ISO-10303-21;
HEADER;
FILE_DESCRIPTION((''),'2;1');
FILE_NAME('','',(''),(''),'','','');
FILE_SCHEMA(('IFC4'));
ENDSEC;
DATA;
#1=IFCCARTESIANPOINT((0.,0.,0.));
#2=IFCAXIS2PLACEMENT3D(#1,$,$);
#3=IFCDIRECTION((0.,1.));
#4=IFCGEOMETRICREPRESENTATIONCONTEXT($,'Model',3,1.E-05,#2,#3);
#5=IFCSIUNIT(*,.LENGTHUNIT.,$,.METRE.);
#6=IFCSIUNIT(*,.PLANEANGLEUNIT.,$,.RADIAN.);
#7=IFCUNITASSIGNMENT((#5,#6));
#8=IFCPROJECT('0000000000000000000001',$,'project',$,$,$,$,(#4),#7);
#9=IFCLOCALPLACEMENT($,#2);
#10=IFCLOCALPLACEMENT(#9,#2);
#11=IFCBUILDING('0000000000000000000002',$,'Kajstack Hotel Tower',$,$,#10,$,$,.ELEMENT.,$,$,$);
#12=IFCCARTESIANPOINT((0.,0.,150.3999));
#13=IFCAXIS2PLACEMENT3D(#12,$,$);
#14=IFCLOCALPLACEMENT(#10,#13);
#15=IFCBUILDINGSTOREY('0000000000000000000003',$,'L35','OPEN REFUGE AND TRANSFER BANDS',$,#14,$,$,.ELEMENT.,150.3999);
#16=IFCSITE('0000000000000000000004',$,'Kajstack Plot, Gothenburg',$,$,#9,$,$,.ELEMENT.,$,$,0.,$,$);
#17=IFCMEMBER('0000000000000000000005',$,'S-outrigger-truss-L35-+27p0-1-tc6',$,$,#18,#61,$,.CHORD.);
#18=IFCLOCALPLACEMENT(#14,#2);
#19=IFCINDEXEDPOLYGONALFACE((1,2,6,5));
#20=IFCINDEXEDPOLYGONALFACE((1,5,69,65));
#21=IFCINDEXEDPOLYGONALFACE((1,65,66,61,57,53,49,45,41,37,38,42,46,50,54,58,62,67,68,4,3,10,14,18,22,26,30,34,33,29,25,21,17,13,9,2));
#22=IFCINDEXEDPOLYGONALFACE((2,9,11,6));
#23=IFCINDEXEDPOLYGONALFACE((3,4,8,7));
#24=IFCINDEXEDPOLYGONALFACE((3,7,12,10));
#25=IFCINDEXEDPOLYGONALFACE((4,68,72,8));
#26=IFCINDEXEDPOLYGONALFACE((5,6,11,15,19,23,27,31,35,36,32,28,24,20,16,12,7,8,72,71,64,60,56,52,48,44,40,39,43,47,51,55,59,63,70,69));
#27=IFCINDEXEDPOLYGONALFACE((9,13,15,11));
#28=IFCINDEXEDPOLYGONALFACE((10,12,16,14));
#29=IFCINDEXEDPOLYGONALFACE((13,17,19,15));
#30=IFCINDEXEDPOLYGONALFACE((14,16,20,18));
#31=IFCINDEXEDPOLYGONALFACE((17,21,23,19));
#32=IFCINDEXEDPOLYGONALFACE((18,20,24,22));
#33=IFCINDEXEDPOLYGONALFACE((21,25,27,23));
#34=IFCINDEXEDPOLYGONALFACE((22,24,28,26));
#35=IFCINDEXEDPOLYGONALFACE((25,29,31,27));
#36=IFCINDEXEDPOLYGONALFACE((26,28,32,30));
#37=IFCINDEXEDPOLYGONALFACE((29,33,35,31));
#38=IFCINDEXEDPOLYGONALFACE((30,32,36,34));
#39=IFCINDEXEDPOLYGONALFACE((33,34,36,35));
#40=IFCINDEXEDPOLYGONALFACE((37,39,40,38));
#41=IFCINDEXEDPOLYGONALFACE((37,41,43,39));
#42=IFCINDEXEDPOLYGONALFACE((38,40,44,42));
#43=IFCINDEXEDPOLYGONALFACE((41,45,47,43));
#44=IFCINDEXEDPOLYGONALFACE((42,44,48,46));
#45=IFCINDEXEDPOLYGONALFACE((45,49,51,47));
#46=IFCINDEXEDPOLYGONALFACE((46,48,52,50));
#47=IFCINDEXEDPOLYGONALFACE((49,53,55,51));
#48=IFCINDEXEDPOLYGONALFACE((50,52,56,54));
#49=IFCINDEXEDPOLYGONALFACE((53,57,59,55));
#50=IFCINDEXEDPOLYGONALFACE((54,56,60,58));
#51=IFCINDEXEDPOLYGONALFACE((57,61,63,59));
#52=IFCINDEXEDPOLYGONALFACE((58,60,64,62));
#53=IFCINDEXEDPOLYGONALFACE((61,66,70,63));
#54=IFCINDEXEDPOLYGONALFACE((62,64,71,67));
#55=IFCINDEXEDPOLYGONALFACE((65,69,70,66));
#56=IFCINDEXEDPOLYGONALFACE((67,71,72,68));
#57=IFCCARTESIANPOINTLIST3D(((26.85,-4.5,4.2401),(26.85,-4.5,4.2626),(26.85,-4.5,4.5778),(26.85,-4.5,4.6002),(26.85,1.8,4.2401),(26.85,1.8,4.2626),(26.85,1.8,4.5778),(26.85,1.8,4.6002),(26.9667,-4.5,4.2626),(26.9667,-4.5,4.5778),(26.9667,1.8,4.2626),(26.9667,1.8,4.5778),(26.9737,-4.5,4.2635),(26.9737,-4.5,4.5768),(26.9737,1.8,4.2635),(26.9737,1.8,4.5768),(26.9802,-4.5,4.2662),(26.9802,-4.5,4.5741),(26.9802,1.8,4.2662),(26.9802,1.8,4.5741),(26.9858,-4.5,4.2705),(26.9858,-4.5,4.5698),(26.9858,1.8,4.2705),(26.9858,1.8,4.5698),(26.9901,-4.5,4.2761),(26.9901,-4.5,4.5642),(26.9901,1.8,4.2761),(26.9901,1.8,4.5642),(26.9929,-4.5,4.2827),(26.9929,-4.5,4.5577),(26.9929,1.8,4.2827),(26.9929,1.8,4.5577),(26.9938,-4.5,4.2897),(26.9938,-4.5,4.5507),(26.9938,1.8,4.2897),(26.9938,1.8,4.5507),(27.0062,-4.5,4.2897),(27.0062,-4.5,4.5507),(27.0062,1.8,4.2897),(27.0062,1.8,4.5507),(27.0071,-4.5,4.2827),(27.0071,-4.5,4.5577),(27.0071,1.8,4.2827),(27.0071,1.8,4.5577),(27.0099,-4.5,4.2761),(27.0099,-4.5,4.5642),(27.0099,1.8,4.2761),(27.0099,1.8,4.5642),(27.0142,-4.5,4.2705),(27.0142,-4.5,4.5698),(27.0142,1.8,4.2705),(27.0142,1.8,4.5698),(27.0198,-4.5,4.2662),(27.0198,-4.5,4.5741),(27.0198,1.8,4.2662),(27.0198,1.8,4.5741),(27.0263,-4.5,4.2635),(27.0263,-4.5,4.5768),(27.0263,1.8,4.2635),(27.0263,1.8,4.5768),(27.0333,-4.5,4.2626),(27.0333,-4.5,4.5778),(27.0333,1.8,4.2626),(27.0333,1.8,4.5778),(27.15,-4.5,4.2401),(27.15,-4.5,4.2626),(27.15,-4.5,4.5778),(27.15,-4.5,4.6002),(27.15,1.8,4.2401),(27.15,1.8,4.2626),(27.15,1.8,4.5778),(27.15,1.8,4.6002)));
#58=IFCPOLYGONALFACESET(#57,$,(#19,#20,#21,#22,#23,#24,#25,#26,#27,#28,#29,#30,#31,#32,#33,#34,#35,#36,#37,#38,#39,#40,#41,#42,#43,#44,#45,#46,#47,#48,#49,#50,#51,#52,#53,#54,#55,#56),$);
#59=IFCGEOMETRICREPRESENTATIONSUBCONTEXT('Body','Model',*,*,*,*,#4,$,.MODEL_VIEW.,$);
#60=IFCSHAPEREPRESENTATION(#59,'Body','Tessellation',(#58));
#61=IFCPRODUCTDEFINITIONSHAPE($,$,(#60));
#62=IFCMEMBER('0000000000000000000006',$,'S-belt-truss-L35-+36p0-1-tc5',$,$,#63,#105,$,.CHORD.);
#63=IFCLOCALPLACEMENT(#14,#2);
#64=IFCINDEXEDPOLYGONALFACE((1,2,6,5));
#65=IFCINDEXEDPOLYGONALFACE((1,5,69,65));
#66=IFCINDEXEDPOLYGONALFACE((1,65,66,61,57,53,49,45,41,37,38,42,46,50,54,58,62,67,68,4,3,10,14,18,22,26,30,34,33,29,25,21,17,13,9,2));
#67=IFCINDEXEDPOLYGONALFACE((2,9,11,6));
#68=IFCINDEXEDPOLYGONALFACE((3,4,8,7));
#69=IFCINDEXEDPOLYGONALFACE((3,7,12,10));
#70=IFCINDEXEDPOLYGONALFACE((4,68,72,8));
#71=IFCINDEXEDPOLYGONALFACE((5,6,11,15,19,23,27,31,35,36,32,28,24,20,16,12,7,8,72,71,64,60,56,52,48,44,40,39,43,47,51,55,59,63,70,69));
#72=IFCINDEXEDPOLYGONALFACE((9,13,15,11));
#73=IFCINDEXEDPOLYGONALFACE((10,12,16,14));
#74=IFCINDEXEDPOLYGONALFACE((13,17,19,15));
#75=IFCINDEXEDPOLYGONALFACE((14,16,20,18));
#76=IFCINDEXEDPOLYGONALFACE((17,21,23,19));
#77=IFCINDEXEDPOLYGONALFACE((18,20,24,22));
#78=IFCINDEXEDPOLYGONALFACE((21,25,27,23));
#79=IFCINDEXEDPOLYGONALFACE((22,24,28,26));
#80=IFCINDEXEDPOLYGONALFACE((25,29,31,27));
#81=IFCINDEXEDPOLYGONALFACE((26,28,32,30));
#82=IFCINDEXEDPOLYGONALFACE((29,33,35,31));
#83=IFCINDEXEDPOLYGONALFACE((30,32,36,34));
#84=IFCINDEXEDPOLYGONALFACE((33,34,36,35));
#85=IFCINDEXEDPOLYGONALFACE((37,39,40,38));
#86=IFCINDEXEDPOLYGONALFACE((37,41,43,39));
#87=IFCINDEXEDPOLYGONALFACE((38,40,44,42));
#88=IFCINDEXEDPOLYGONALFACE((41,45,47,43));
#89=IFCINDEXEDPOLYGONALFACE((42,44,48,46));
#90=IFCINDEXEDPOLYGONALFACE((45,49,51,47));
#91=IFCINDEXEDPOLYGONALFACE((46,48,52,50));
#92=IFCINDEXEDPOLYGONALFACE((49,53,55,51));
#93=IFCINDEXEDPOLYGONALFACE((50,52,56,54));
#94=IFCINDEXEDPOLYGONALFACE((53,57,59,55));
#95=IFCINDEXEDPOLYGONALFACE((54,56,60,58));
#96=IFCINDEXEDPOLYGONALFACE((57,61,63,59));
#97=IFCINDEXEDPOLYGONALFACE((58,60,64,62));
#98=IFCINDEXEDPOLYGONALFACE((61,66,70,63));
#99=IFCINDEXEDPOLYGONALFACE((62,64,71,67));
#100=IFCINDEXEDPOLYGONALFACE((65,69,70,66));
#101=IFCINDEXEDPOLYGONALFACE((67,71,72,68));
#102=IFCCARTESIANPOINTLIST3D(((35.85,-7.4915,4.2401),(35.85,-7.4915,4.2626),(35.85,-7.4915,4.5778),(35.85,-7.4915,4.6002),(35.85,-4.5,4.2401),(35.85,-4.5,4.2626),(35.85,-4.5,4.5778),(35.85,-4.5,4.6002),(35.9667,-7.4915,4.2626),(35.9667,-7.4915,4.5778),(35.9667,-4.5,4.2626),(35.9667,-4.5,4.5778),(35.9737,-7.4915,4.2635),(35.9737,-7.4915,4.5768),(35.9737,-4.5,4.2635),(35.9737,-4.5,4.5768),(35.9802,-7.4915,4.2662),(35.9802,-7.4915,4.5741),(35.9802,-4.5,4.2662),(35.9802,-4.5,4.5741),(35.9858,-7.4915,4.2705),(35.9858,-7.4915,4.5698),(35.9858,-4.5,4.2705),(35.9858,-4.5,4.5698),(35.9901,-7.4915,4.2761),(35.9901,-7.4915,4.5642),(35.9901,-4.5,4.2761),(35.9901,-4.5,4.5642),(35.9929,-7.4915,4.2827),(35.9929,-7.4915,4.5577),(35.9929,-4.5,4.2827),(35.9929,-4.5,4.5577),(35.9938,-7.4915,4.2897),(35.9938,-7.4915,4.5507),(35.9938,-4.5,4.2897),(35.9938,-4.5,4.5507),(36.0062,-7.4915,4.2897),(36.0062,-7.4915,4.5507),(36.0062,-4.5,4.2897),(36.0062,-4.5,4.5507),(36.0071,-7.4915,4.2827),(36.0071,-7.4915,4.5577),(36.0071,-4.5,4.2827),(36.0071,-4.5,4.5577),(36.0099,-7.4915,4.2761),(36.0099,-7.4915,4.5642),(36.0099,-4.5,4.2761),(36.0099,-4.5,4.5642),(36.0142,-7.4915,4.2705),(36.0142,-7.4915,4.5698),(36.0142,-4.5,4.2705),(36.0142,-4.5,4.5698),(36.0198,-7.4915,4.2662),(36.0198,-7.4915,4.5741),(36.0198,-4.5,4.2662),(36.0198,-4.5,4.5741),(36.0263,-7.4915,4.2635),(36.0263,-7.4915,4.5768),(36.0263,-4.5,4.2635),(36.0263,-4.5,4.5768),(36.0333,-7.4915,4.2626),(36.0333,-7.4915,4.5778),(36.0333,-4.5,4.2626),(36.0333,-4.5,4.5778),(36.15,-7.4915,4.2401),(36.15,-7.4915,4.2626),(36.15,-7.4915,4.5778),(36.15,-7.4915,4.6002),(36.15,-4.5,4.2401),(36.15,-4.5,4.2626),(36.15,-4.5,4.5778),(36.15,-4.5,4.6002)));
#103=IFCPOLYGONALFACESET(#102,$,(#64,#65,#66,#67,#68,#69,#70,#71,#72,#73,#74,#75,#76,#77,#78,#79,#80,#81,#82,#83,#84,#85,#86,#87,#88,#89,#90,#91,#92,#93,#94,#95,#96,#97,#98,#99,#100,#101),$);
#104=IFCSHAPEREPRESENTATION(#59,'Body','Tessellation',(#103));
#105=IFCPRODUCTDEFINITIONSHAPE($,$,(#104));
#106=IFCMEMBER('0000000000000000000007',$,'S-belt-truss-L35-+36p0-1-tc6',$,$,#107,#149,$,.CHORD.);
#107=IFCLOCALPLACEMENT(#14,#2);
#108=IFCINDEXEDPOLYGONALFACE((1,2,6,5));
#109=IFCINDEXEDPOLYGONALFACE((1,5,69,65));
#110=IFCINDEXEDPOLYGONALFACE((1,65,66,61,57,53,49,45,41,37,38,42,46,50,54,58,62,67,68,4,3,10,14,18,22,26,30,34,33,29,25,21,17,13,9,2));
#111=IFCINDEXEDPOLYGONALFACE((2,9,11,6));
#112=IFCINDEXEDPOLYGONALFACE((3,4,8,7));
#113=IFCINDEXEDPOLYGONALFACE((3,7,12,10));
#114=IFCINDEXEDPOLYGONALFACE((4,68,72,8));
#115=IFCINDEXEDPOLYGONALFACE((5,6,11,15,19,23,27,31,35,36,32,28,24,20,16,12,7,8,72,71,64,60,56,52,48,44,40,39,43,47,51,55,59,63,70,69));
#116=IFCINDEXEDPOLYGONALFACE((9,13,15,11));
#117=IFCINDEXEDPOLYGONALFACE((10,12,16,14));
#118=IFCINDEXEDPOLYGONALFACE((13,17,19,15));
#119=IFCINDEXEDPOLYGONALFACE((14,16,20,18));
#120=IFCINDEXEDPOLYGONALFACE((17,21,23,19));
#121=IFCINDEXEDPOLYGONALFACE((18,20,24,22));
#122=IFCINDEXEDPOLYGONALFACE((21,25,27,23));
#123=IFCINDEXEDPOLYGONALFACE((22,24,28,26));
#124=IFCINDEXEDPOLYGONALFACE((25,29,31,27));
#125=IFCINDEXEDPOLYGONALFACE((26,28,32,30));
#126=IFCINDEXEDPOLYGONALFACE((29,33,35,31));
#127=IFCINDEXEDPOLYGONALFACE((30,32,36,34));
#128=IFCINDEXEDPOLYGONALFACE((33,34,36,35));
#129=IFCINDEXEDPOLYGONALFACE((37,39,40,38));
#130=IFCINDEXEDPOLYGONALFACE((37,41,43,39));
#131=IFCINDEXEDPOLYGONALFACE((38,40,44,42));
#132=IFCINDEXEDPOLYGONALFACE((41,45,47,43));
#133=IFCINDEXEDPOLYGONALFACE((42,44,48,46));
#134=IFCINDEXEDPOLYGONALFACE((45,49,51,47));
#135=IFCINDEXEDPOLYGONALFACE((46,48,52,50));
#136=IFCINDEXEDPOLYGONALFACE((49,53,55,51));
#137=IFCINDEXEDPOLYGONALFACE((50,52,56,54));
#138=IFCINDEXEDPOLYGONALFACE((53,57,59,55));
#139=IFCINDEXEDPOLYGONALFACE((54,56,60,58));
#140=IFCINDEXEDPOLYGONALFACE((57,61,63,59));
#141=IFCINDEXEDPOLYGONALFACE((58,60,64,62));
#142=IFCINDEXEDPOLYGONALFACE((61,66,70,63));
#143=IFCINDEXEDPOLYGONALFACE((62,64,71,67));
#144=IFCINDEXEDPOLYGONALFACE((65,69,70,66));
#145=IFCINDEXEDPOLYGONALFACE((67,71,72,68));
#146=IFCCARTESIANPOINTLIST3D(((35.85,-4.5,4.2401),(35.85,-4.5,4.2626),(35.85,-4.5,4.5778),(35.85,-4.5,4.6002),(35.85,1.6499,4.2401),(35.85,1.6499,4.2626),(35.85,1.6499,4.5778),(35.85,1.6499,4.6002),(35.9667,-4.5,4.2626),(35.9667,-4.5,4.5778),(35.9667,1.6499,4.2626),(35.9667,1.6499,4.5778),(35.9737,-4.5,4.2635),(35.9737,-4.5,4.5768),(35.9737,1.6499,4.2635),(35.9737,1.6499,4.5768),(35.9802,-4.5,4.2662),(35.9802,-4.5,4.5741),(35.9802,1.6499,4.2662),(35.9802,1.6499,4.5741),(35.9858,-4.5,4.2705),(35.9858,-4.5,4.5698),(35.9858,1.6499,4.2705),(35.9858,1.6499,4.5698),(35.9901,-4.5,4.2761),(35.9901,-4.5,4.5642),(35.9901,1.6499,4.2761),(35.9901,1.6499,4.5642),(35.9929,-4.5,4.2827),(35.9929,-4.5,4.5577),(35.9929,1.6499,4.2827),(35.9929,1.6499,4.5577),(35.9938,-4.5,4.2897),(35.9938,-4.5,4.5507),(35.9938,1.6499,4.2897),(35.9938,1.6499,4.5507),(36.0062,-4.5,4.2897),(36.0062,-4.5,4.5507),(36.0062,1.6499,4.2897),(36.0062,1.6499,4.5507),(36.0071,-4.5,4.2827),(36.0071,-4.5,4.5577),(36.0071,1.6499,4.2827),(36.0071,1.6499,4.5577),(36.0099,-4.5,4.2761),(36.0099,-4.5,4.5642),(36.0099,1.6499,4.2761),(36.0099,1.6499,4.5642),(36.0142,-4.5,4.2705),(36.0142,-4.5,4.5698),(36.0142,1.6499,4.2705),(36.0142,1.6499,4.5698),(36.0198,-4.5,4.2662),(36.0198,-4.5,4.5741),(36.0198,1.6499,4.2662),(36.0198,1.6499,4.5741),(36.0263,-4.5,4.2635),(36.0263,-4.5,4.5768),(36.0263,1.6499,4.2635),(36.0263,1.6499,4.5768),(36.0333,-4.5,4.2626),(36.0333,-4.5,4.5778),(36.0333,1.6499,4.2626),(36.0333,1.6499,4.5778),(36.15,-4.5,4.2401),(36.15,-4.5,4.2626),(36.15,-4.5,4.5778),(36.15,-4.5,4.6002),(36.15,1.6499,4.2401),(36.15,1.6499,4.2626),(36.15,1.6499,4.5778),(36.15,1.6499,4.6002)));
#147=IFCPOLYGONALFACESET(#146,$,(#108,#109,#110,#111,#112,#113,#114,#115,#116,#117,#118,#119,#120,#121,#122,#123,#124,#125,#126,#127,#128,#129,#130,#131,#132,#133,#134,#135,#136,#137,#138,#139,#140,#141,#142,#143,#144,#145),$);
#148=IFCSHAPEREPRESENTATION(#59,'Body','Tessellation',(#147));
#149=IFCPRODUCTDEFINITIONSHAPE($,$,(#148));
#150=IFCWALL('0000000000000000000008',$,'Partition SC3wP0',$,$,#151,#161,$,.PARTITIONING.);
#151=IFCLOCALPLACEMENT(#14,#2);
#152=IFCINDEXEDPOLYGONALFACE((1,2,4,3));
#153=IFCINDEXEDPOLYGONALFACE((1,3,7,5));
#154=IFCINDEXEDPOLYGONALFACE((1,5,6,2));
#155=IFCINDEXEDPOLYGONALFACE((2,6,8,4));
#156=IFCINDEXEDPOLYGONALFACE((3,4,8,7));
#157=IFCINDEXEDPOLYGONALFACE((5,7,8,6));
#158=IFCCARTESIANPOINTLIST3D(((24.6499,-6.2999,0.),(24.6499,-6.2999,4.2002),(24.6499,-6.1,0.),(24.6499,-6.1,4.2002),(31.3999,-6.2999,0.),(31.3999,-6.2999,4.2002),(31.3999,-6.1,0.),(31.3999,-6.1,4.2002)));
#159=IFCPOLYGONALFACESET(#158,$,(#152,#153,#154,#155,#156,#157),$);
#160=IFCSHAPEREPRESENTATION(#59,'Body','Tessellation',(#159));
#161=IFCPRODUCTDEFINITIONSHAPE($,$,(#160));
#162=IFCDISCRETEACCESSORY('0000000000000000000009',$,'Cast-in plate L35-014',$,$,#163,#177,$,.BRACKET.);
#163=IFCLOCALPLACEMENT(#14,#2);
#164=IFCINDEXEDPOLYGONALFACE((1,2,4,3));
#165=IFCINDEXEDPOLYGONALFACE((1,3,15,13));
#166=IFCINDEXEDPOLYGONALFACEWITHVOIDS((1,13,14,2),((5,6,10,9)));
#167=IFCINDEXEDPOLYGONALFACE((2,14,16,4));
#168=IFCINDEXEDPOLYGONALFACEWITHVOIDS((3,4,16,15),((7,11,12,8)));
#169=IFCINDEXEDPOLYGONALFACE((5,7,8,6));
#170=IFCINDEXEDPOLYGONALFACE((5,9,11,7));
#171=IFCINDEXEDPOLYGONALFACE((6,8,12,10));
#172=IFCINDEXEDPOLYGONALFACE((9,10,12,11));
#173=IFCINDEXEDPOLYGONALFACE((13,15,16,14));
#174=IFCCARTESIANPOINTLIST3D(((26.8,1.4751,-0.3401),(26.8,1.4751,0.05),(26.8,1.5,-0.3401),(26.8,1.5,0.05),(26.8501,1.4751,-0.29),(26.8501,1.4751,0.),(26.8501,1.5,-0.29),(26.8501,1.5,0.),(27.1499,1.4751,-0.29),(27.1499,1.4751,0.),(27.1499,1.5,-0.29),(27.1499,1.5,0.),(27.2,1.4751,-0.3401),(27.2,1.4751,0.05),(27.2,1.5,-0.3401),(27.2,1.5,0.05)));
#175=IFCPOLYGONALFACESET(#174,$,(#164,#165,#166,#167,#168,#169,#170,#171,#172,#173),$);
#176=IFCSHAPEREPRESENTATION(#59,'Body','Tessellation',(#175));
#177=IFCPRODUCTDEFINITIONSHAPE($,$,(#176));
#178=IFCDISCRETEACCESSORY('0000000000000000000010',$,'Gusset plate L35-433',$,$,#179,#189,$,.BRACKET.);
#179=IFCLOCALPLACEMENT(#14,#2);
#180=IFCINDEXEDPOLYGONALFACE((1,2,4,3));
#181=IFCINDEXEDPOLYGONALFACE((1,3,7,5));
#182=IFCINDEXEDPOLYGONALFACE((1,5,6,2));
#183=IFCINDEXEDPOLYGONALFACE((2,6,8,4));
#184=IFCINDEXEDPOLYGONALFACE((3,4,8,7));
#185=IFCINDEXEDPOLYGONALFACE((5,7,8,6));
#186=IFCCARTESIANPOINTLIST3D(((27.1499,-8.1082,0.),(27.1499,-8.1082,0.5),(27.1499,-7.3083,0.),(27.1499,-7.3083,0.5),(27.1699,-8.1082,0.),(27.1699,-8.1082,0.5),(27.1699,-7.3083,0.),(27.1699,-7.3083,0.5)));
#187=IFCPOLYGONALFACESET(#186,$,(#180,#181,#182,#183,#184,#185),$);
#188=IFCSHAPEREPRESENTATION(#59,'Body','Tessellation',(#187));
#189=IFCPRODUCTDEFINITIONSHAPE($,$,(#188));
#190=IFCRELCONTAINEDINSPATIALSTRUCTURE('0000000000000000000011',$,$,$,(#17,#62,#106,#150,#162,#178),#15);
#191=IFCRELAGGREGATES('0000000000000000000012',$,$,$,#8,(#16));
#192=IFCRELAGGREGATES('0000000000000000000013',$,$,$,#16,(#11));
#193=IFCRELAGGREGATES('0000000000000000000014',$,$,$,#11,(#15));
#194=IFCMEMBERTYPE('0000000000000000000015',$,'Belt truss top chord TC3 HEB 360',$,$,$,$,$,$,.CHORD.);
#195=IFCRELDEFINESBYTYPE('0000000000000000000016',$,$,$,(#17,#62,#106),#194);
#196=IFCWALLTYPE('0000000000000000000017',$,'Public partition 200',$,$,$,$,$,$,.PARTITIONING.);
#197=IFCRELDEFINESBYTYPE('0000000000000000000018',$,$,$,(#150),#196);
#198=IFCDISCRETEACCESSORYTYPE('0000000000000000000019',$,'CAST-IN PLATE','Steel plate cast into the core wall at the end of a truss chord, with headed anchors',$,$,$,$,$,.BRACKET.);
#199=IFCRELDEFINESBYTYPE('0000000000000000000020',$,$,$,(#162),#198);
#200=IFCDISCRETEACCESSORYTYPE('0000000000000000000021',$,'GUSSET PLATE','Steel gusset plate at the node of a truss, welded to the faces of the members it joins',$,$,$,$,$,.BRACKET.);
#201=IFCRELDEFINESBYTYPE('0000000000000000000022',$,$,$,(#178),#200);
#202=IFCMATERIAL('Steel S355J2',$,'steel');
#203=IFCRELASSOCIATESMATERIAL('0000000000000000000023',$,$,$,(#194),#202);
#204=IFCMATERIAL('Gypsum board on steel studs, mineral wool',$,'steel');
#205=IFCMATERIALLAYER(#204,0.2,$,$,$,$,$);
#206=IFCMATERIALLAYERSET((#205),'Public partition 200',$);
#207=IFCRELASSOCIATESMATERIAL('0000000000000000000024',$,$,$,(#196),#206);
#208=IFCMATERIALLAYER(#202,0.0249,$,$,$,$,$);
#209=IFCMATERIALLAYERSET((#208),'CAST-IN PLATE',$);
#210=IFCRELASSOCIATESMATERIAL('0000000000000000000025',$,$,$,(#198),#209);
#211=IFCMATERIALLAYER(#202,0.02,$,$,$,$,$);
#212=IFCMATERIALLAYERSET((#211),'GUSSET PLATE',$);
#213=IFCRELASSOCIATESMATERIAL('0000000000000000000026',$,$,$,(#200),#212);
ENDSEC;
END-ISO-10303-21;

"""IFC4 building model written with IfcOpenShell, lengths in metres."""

from ifc_helpers import new_model, si_unit, direction, frame, frame_2d, origin, origin_2d, place, context, subcontext, project, spatial, polyline, rectangle, i_section, outline, extrude, material, layer, layer_set, material_profile, profile_set, type_object, element, save


model = new_model("IFC4")

# Units and contexts
model_context = context("Model", 3, precision=1e-05, world=origin(), true_north=direction((0.0, 1.0)))
body_context = subcontext(model_context, "Body", "Model", "MODEL_VIEW")
ifc_project = project(units=[si_unit("LENGTHUNIT", "METRE"), si_unit("PLANEANGLEUNIT", "RADIAN")], contexts=[model_context])

# Site, building, storey
site_placement = place(None, origin())
site = spatial("IfcSite", under=ifc_project, at=site_placement, Name="Kajstack Plot, Gothenburg", CompositionType="ELEMENT", RefElevation=0.0)
building_placement = place(site_placement, origin())
building = spatial("IfcBuilding", under=site, at=building_placement, Name="Kajstack Hotel Tower", CompositionType="ELEMENT")
storey_placement = place(building_placement, frame((0.0, 0.0, 150.3999)))
storey = spatial("IfcBuildingStorey", under=building, at=storey_placement, Name="L35", Description="OPEN REFUGE AND TRANSFER BANDS", CompositionType="ELEMENT", Elevation=150.3999)

# Members
ifc_material_1 = material(Name="Steel S355J2", Category="steel")
ifc_material_profile_1 = material_profile(ifc_material_1, i_section(OverallWidth=0.3, OverallDepth=0.3601, WebThickness=0.0125, FlangeThickness=0.0225, FilletRadius=0.0271, at=origin_2d()), Name="HEB 360")
ifc_profile_set_1 = profile_set([ifc_material_profile_1], Name="Steel S355J2")
member_type_1 = type_object("IfcMemberType", Name="Belt truss top chord TC3 HEB 360", PredefinedType="CHORD", material=ifc_profile_set_1)
member_1_placement = place(storey_placement, frame((27.0, -4.5, 4.4202), z_axis=(0.0, 1.0, 0.0), x_axis=(-1.0, 0.0, 0.0)))
element("IfcMember", 1, at=member_1_placement, inside=storey, type_object=member_type_1, Name="S-outrigger-truss-L35-+27p0-1-tc6", PredefinedType="CHORD", context=body_context, shape_type="SweptSolid", body=[
    extrude(i_section(OverallWidth=0.3, OverallDepth=0.3601, WebThickness=0.0125, FlangeThickness=0.0225, FilletRadius=0.0271, at=origin_2d()), origin(), (0.0, 0.0, 1.0), 6.3),
])
member_2_placement = place(storey_placement, frame((36.0, -7.4915, 4.4202), z_axis=(0.0, 1.0, 0.0), x_axis=(-1.0, 0.0, 0.0)))
element("IfcMember", 2, at=member_2_placement, inside=storey, type_object=member_type_1, Name="S-belt-truss-L35-+36p0-1-tc5", PredefinedType="CHORD", context=body_context, shape_type="SweptSolid", body=[
    extrude(i_section(OverallWidth=0.3, OverallDepth=0.3601, WebThickness=0.0125, FlangeThickness=0.0225, FilletRadius=0.0271, at=origin_2d()), origin(), (0.0, 0.0, 1.0), 2.9915),
])
member_3_placement = place(storey_placement, frame((36.0, -4.5, 4.4202), z_axis=(0.0, 1.0, 0.0), x_axis=(-1.0, 0.0, 0.0)))
element("IfcMember", 3, at=member_3_placement, inside=storey, type_object=member_type_1, Name="S-belt-truss-L35-+36p0-1-tc6", PredefinedType="CHORD", context=body_context, shape_type="SweptSolid", body=[
    extrude(i_section(OverallWidth=0.3, OverallDepth=0.3601, WebThickness=0.0125, FlangeThickness=0.0225, FilletRadius=0.0271, at=origin_2d()), origin(), (0.0, 0.0, 1.0), 6.1499),
])

# Wall
ifc_material_2 = material(Name="Gypsum board on steel studs, mineral wool", Category="steel")
ifc_layer_1 = layer(ifc_material_2, 0.2)
ifc_layer_set_1 = layer_set([ifc_layer_1], Name="Public partition 200")
wall_type = type_object("IfcWallType", Name="Public partition 200", PredefinedType="PARTITIONING", material=ifc_layer_set_1)
wall_placement = place(storey_placement, frame((24.6499, -6.2, 0.0), z_axis=(0.0, 0.0, 1.0), x_axis=(1.0, 0.0, 0.0)))
element("IfcWall", 4, at=wall_placement, inside=storey, type_object=wall_type, Name="Partition SC3wP0", PredefinedType="PARTITIONING", context=body_context, shape_type="SweptSolid", body=[
    extrude(rectangle(XDim=6.75, YDim=0.2, at=frame_2d((3.375, 0.0))), origin(), (0.0, 0.0, 1.0), 4.2002),
])

# Discrete accessories
ifc_layer_2 = layer(ifc_material_1, 0.0249)
ifc_layer_set_2 = layer_set([ifc_layer_2], Name="CAST-IN PLATE")
discrete_accessory_type_1 = type_object("IfcDiscreteAccessoryType", Name="CAST-IN PLATE", Description="Steel plate cast into the core wall at the end of a truss chord, with headed anchors", PredefinedType="BRACKET", material=ifc_layer_set_2)
discrete_accessory_1_placement = place(storey_placement, frame((27.0, 1.4751, -0.145), z_axis=(0.0, 1.0, 0.0), x_axis=(-1.0, 0.0, 0.0)))
element("IfcDiscreteAccessory", 5, at=discrete_accessory_1_placement, inside=storey, type_object=discrete_accessory_type_1, Name="Cast-in plate L35-014", PredefinedType="BRACKET", context=body_context, shape_type="SweptSolid", body=[
    extrude(outline(polyline([(-0.2, -0.1951), (0.2, -0.1951), (0.2, 0.1951), (-0.2, 0.1951), (-0.2, -0.1951)]), holes=[polyline([(-0.1499, -0.145), (-0.1499, 0.145), (0.1499, 0.145), (0.1499, -0.145), (-0.1499, -0.145)])]), origin(), (0.0, 0.0, 1.0), 0.0249),
])
ifc_layer_3 = layer(ifc_material_1, 0.02)
ifc_layer_set_3 = layer_set([ifc_layer_3], Name="GUSSET PLATE")
discrete_accessory_type_2 = type_object("IfcDiscreteAccessoryType", Name="GUSSET PLATE", Description="Steel gusset plate at the node of a truss, welded to the faces of the members it joins", PredefinedType="BRACKET", material=ifc_layer_set_3)
for number, where, z_axis, x_axis, name in (
    (6, (27.1499, -7.7083, 0.0), (1.0, 0.0, 0.0), (0.0, 1.0, 0.0), "Gusset plate L35-433"),
):
    element("IfcDiscreteAccessory", number, at=place(storey_placement, frame(where, z_axis=z_axis, x_axis=x_axis)), inside=storey, type_object=discrete_accessory_type_2, Name=name, PredefinedType="BRACKET", context=body_context, shape_type="SweptSolid", body=[
        extrude(outline(polyline([(-0.3999, 0.0), (0.3999, 0.0), (0.3999, 0.5), (-0.3999, 0.5), (-0.3999, 0.0)])), origin(), (0.0, 0.0, 1.0), 0.02),
    ])

save(model, "model.ifc")
